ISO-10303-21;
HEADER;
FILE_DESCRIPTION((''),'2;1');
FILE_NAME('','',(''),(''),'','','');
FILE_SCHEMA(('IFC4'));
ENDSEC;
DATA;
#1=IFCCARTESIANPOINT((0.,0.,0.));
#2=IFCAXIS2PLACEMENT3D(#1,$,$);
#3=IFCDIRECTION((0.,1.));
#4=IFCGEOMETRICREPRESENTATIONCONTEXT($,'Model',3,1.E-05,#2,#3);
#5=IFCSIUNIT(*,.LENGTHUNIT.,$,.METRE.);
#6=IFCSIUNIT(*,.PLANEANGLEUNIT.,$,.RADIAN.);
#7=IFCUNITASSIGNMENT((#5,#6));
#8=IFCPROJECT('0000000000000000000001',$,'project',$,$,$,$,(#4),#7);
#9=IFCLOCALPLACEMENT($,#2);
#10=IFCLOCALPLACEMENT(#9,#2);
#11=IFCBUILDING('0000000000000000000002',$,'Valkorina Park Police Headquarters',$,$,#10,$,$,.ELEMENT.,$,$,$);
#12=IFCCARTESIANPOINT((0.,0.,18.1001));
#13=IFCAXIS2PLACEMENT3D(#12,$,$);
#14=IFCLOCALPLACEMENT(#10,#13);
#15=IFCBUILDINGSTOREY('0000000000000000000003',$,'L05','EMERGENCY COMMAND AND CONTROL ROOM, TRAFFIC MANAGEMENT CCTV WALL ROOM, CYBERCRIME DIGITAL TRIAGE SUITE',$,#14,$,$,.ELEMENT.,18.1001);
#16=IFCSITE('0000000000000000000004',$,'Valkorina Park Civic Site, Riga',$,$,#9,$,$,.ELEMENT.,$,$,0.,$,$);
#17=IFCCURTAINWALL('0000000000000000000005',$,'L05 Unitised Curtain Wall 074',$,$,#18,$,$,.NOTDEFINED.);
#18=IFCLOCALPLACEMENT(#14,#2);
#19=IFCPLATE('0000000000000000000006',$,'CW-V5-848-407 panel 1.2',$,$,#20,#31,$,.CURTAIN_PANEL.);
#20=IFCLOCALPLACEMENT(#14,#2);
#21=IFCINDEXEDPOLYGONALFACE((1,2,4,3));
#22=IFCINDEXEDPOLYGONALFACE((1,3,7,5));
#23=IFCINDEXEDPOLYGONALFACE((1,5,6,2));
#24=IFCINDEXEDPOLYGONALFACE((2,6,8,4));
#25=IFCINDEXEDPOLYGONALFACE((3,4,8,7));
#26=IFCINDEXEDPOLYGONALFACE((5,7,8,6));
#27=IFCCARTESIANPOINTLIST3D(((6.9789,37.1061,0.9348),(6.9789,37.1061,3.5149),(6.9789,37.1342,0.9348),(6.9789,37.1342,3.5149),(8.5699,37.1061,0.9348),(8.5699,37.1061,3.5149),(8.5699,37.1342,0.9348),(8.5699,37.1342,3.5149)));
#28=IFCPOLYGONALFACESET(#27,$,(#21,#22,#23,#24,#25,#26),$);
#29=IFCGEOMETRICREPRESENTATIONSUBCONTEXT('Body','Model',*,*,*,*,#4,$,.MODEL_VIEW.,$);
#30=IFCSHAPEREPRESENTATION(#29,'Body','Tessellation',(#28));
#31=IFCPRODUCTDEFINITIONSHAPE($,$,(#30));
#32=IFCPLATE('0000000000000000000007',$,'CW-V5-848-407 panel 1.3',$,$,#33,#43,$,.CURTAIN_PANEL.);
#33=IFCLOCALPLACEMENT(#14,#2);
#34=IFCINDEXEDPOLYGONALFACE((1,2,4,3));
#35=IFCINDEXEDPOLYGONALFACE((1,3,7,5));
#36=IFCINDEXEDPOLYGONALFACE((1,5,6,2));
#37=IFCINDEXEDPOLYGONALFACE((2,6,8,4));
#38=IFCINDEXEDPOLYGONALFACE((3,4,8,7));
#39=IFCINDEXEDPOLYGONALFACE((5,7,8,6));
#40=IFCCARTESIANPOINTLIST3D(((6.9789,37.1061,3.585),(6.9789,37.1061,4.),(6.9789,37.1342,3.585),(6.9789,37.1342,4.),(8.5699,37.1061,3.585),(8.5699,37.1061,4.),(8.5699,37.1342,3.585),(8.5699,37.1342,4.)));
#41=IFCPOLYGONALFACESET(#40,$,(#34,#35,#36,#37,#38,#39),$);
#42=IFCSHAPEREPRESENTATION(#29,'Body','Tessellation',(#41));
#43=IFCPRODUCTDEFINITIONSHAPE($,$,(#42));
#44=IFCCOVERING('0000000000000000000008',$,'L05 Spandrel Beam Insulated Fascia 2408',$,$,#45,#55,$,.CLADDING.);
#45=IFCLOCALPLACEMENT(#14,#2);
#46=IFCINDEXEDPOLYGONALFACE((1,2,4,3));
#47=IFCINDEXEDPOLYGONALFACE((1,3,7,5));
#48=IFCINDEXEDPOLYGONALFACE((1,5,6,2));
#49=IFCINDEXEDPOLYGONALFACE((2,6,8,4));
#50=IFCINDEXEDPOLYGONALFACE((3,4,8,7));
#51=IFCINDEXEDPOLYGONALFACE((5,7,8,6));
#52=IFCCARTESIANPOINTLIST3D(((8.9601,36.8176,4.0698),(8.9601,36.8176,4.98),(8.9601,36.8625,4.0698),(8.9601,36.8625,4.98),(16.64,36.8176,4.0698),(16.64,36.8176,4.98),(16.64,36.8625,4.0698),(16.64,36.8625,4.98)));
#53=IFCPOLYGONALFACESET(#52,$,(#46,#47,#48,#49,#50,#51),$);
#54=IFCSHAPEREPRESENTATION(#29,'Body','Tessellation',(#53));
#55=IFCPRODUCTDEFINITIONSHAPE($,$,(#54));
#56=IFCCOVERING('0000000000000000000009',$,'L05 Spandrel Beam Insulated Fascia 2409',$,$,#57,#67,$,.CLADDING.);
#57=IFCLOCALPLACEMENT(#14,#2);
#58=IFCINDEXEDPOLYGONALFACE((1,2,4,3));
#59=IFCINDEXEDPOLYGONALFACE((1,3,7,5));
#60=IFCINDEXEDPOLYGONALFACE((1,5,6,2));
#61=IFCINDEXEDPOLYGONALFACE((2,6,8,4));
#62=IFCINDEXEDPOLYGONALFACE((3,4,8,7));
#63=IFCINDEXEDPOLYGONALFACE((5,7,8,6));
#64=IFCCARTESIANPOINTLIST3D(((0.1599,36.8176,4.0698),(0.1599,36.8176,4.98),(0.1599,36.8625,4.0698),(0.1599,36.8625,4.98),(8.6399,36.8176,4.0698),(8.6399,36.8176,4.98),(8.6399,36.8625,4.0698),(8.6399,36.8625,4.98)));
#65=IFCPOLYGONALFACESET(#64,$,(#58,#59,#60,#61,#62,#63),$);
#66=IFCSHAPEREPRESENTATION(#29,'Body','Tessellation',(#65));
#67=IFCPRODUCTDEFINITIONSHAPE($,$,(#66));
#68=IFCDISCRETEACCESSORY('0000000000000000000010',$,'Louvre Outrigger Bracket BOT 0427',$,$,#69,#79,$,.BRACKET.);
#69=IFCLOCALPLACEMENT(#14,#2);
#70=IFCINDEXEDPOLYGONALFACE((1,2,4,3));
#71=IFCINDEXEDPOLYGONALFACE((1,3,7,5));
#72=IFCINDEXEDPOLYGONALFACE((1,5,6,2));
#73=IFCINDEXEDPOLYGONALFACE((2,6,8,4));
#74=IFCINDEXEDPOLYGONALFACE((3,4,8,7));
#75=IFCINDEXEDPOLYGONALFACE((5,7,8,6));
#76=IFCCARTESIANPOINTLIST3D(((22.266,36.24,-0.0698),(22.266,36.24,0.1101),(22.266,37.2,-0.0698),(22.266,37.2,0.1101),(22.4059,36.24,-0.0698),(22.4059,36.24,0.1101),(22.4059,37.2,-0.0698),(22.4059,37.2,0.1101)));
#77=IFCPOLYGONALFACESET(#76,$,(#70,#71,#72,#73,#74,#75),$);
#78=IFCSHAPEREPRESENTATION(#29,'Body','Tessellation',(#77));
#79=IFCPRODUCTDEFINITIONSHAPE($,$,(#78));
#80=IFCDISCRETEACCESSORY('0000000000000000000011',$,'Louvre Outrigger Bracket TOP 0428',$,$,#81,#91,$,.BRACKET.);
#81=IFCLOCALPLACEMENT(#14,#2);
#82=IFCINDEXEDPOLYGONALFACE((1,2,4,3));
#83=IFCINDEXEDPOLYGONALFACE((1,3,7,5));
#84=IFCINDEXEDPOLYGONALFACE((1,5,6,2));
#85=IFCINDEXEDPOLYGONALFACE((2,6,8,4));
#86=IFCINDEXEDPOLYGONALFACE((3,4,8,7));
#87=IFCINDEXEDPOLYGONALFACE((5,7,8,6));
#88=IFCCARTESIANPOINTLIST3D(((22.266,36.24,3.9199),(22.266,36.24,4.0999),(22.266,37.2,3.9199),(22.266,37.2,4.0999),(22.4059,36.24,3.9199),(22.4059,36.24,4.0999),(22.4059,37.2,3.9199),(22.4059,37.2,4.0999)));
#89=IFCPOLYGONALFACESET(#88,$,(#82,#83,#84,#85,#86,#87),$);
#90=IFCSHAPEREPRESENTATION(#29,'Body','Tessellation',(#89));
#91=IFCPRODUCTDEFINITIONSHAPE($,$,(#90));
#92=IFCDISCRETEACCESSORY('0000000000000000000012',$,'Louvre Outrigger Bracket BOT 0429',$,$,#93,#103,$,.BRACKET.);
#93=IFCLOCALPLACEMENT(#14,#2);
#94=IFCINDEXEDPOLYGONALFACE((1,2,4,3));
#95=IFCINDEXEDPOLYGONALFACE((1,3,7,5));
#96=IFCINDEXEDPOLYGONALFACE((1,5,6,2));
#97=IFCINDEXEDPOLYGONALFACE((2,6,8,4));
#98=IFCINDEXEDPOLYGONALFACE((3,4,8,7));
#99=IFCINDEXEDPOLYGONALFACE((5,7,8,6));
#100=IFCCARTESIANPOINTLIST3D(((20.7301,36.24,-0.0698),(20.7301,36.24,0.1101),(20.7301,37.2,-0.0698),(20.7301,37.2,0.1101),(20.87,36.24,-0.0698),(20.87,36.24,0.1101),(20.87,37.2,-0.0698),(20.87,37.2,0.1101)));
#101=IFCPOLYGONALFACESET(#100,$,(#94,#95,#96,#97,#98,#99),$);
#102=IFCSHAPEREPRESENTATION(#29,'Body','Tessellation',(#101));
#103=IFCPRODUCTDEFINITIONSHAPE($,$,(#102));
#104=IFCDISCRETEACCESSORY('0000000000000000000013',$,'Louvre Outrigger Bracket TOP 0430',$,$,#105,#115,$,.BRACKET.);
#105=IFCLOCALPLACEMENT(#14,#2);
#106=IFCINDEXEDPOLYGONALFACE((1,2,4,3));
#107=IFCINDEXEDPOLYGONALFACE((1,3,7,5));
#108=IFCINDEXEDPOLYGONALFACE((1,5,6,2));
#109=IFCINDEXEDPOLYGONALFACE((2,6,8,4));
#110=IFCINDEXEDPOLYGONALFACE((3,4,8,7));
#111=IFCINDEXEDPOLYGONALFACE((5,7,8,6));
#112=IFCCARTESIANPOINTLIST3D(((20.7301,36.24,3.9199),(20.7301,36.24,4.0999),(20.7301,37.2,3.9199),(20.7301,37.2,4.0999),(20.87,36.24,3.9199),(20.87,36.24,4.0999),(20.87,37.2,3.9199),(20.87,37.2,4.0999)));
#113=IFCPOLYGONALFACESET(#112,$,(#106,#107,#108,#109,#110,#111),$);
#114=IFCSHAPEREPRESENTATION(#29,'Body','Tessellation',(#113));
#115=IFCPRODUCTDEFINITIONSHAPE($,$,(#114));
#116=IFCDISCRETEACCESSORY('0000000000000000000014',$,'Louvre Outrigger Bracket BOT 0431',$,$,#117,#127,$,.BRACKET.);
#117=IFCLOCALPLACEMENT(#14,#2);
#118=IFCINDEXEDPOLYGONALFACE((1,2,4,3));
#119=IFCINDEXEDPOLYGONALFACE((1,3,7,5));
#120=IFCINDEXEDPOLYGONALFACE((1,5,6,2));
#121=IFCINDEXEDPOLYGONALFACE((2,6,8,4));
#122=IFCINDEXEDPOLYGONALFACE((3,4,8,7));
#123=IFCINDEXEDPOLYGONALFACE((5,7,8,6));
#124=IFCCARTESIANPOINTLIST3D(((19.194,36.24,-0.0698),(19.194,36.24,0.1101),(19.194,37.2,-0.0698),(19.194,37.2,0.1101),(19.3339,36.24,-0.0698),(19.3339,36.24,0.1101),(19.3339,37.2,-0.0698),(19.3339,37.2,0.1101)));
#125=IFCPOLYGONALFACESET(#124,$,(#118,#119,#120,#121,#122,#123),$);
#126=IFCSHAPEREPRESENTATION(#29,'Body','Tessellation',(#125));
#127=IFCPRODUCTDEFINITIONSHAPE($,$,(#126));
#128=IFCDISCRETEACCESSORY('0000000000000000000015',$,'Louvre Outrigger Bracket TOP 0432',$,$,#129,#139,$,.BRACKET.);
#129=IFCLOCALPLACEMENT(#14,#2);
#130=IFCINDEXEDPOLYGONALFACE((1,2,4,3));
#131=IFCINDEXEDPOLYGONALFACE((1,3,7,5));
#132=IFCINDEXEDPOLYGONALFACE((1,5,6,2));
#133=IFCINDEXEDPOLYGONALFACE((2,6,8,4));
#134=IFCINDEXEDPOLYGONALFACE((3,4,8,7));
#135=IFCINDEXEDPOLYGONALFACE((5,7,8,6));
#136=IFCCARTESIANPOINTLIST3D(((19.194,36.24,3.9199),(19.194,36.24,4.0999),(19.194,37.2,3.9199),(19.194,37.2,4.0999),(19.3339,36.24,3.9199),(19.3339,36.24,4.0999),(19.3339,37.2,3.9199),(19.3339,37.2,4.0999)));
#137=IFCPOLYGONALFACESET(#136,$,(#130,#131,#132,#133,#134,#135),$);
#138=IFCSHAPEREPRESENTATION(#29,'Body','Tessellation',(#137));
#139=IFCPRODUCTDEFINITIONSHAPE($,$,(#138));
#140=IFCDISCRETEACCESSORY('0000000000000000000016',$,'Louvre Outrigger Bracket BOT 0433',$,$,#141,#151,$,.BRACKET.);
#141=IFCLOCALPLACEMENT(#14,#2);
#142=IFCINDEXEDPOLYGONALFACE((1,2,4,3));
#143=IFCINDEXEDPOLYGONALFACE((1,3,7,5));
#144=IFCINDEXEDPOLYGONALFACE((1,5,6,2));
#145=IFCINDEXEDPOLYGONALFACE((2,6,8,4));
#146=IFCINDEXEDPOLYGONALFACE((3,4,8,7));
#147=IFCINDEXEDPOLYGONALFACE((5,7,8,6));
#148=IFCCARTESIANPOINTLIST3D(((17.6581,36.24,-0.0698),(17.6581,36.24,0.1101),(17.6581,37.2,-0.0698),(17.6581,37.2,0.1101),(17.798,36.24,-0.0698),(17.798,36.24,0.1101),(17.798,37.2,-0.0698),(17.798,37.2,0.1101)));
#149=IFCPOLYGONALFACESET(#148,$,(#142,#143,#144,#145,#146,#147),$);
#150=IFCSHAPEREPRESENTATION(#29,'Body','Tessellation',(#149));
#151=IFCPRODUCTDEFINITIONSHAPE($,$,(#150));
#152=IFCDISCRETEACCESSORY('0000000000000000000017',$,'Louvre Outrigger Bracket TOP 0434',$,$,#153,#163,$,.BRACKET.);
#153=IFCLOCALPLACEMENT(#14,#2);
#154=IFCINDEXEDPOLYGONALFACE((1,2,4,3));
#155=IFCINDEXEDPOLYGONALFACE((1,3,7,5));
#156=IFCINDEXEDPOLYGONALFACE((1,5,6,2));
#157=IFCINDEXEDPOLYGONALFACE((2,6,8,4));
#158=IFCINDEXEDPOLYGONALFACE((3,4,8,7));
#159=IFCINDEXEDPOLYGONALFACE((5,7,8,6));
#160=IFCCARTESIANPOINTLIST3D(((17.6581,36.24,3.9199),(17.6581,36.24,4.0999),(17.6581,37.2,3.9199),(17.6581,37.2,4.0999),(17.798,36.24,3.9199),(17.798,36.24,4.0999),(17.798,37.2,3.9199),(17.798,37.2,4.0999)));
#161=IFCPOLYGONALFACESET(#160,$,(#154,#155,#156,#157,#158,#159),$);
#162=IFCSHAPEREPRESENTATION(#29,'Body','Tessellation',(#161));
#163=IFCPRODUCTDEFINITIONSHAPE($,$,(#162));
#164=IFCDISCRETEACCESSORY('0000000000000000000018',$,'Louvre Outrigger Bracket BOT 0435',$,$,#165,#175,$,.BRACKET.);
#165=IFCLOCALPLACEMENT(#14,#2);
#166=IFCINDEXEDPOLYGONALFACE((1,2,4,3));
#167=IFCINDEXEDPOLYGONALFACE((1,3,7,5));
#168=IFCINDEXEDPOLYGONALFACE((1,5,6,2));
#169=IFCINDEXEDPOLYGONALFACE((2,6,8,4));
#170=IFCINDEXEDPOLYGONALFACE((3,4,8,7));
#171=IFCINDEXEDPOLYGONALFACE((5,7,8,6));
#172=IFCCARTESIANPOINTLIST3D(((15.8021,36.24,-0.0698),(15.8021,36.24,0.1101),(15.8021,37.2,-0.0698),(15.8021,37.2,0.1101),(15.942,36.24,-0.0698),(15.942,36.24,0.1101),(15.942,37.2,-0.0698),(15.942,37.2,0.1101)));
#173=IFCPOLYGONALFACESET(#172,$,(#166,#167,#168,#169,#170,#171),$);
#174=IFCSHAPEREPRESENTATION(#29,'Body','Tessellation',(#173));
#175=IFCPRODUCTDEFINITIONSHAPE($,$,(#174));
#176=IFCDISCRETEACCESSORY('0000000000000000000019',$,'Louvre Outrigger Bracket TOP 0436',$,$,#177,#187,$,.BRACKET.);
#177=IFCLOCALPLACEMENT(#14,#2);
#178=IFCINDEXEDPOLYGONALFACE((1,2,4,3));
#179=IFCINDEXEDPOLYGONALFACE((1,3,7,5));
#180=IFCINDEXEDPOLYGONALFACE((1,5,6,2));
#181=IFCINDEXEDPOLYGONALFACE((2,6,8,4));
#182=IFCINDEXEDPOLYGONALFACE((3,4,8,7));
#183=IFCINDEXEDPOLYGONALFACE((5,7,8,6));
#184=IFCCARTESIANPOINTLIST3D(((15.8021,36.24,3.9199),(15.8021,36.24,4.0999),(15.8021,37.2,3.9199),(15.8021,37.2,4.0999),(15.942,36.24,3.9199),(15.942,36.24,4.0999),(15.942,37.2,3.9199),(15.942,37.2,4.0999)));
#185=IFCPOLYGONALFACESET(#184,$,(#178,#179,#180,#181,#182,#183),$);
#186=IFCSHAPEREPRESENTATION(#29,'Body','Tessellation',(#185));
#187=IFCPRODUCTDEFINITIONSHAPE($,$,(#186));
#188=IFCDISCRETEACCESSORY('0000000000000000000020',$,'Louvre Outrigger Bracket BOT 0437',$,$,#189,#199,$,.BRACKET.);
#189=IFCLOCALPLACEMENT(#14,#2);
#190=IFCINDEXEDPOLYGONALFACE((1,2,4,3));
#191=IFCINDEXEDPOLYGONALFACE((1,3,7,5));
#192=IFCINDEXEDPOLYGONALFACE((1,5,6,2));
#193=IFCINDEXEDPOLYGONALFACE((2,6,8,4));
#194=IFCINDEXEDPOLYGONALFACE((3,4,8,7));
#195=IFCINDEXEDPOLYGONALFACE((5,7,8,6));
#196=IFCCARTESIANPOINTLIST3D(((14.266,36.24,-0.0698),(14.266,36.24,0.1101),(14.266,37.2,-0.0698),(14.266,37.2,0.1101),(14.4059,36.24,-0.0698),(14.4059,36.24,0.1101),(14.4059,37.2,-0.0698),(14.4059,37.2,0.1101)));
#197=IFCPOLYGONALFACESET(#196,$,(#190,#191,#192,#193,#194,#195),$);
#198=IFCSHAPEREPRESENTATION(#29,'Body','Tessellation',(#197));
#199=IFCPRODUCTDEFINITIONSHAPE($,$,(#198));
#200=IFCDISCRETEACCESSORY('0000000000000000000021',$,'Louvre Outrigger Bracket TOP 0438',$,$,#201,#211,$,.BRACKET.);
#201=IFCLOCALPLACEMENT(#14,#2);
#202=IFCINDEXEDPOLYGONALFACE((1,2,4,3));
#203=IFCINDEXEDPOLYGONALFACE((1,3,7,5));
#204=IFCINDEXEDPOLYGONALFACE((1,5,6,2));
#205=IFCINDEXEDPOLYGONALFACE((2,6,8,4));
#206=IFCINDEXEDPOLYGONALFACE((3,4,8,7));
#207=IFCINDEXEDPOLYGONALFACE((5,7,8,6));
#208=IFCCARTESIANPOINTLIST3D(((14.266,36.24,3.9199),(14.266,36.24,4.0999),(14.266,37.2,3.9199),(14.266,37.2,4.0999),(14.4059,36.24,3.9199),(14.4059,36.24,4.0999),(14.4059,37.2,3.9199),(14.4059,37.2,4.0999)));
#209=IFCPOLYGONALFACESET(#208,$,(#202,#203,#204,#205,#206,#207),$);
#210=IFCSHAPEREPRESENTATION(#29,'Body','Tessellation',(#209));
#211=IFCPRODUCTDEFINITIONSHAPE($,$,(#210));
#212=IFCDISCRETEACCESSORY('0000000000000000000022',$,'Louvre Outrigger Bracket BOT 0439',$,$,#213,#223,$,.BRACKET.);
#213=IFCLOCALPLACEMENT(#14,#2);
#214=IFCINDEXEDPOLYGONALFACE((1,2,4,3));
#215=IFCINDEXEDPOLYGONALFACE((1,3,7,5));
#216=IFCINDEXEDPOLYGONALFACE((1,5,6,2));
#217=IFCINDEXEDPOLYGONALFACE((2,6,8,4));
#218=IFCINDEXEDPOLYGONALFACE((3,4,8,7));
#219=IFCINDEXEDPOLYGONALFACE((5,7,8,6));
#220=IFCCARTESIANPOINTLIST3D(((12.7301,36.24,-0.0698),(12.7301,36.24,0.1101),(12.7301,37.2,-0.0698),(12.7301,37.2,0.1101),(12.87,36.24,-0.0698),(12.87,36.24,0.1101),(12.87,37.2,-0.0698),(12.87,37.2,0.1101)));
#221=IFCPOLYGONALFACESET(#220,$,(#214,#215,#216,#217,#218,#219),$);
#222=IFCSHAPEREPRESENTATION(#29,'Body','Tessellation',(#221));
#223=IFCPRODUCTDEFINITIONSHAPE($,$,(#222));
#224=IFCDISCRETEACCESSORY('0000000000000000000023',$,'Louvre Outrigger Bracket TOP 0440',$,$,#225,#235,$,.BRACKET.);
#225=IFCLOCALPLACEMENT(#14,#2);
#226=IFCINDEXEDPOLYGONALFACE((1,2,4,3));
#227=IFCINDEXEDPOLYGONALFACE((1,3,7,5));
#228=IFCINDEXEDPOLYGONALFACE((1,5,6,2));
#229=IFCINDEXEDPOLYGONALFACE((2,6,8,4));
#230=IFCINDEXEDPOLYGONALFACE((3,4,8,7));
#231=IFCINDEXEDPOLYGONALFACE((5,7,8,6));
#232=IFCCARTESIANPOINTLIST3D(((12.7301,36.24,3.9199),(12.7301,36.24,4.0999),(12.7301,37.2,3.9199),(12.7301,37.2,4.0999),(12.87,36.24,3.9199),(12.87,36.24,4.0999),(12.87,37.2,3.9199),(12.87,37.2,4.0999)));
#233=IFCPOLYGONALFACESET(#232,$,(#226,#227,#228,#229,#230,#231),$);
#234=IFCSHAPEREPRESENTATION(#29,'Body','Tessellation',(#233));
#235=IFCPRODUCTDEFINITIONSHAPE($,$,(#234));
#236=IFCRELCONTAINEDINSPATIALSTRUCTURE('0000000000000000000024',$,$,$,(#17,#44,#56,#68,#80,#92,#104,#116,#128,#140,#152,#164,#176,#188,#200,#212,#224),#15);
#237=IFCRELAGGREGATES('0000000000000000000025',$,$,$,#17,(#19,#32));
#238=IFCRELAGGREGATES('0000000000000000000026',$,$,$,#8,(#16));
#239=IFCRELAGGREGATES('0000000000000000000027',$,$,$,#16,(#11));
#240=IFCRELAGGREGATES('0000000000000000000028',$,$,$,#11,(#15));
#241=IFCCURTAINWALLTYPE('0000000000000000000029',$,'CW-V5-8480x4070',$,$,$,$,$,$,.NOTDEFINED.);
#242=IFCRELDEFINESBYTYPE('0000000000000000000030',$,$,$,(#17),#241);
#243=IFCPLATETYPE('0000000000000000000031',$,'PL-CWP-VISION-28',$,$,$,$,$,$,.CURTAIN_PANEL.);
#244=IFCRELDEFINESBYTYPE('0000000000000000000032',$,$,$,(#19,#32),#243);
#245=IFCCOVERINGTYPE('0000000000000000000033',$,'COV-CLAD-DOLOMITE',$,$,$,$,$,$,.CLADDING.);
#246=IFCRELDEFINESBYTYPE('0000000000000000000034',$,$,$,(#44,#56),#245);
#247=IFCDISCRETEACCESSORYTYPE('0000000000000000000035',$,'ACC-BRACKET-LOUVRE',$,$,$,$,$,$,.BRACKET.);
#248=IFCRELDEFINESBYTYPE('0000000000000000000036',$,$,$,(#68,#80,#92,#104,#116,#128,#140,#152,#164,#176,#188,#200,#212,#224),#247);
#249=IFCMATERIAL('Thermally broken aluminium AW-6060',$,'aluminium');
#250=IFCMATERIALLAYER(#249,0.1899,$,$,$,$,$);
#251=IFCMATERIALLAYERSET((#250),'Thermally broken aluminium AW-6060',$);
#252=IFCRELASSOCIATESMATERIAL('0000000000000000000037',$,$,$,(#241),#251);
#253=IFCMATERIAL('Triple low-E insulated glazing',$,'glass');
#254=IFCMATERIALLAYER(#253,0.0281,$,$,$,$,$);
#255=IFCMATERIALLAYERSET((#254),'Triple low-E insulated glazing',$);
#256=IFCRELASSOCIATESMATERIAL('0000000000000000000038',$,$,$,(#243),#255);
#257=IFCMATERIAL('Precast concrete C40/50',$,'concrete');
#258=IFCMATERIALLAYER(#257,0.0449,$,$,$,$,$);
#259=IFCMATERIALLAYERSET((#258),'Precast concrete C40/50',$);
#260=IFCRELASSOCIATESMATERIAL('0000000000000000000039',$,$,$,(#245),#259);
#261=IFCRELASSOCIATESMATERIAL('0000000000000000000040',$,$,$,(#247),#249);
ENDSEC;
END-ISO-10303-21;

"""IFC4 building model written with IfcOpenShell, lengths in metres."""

from ifc_helpers import new_model, si_unit, direction, frame, frame_2d, origin, origin_2d, place, context, subcontext, project, spatial, rectangle, extrude, material, layer, layer_set, type_object, element, aggregate, save


model = new_model("IFC4")

# Units and contexts
model_context = context("Model", 3, precision=1e-05, world=origin(), true_north=direction((0.0, 1.0)))
body_context = subcontext(model_context, "Body", "Model", "MODEL_VIEW")
ifc_project = project(units=[si_unit("LENGTHUNIT", "METRE"), si_unit("PLANEANGLEUNIT", "RADIAN")], contexts=[model_context])

# Site, building, storey
site_placement = place(None, origin())
site = spatial("IfcSite", under=ifc_project, at=site_placement, Name="Valkorina Park Civic Site, Riga", CompositionType="ELEMENT", RefElevation=0.0)
building_placement = place(site_placement, origin())
building = spatial("IfcBuilding", under=site, at=building_placement, Name="Valkorina Park Police Headquarters", CompositionType="ELEMENT")
storey_placement = place(building_placement, frame((0.0, 0.0, 18.1001)))
storey = spatial("IfcBuildingStorey", under=building, at=storey_placement, Name="L05", Description="EMERGENCY COMMAND AND CONTROL ROOM, TRAFFIC MANAGEMENT CCTV WALL ROOM, CYBERCRIME DIGITAL TRIAGE SUITE", CompositionType="ELEMENT", Elevation=18.1001)

# Shared definitions
ifc_material_1 = material(Name="Thermally broken aluminium AW-6060", Category="aluminium")

# Curtain wall
ifc_layer_1 = layer(ifc_material_1, 0.1899)
ifc_layer_set_1 = layer_set([ifc_layer_1], Name="Thermally broken aluminium AW-6060")
curtain_wall_type_1 = type_object("IfcCurtainWallType", Name="CW-V5-8480x4070", PredefinedType="NOTDEFINED", material=ifc_layer_set_1)
curtain_wall_1_placement = place(storey_placement, origin())
curtain_wall_1 = element("IfcCurtainWall", 1, at=curtain_wall_1_placement, inside=storey, type_object=curtain_wall_type_1, Name="L05 Unitised Curtain Wall 074", PredefinedType="NOTDEFINED")

# Plates
ifc_material_2 = material(Name="Triple low-E insulated glazing", Category="glass")
ifc_layer_2 = layer(ifc_material_2, 0.0281)
ifc_layer_set_2 = layer_set([ifc_layer_2], Name="Triple low-E insulated glazing")
plate_type_1 = type_object("IfcPlateType", Name="PL-CWP-VISION-28", PredefinedType="CURTAIN_PANEL", material=ifc_layer_set_2)
plate_1_placement = place(storey_placement, frame((7.7744, 37.1201, 0.9348), z_axis=(0.0, 0.0, 1.0), x_axis=(-1.0, 0.0, 0.0)))
plate_1 = element("IfcPlate", 2, at=plate_1_placement, type_object=plate_type_1, Name="CW-V5-848-407 panel 1.2", PredefinedType="CURTAIN_PANEL", context=body_context, shape_type="SweptSolid", body=[
    extrude(rectangle(XDim=1.5911, YDim=0.0281, at=origin_2d()), origin(), (0.0, 0.0, 1.0), 2.5801),
])
plate_2_placement = place(storey_placement, frame((7.7744, 37.1201, 3.585), z_axis=(0.0, 0.0, 1.0), x_axis=(-1.0, 0.0, 0.0)))
plate_2 = element("IfcPlate", 3, at=plate_2_placement, type_object=plate_type_1, Name="CW-V5-848-407 panel 1.3", PredefinedType="CURTAIN_PANEL", context=body_context, shape_type="SweptSolid", body=[
    extrude(rectangle(XDim=1.5911, YDim=0.0281, at=origin_2d()), origin(), (0.0, 0.0, 1.0), 0.415),
])
aggregate(curtain_wall_1, [plate_1, plate_2])

# Coverings
ifc_material_3 = material(Name="Precast concrete C40/50", Category="concrete")
ifc_layer_3 = layer(ifc_material_3, 0.0449)
ifc_layer_set_3 = layer_set([ifc_layer_3], Name="Precast concrete C40/50")
covering_type = type_object("IfcCoveringType", Name="COV-CLAD-DOLOMITE", PredefinedType="CLADDING", material=ifc_layer_set_3)
covering_1_placement = place(storey_placement, frame((16.6399, 36.8401, 4.0698), z_axis=(0.0, 0.0, 1.0), x_axis=(-1.0, 0.0, 0.0)))
element("IfcCovering", 4, at=covering_1_placement, inside=storey, type_object=covering_type, Name="L05 Spandrel Beam Insulated Fascia 2408", PredefinedType="CLADDING", context=body_context, shape_type="SweptSolid", body=[
    extrude(rectangle(XDim=7.6799, YDim=0.0449, at=frame_2d((3.8398, 0.0))), origin(), (0.0, 0.0, 1.0), 0.9102),
])
covering_2_placement = place(storey_placement, frame((8.6399, 36.8401, 4.0698), z_axis=(0.0, 0.0, 1.0), x_axis=(-1.0, 0.0, 0.0)))
element("IfcCovering", 5, at=covering_2_placement, inside=storey, type_object=covering_type, Name="L05 Spandrel Beam Insulated Fascia 2409", PredefinedType="CLADDING", context=body_context, shape_type="SweptSolid", body=[
    extrude(rectangle(XDim=8.48, YDim=0.0449, at=frame_2d((4.24, 0.0))), origin(), (0.0, 0.0, 1.0), 0.9102),
])

# Discrete accessories
discrete_accessory_type = type_object("IfcDiscreteAccessoryType", Name="ACC-BRACKET-LOUVRE", PredefinedType="BRACKET", material=ifc_material_1)
for number, where, z_axis, x_axis, name in (
    (6, (22.3359, 36.72, -0.0698), (0.0, 0.0, 1.0), (0.0, -1.0, 0.0), "Louvre Outrigger Bracket BOT 0427"),
    (7, (22.3359, 36.72, 3.9199), (0.0, 0.0, 1.0), (0.0, -1.0, 0.0), "Louvre Outrigger Bracket TOP 0428"),
    (8, (20.8, 36.72, -0.0698), (0.0, 0.0, 1.0), (0.0, -1.0, 0.0), "Louvre Outrigger Bracket BOT 0429"),
    (9, (20.8, 36.72, 3.9199), (0.0, 0.0, 1.0), (0.0, -1.0, 0.0), "Louvre Outrigger Bracket TOP 0430"),
    (10, (19.2639, 36.72, -0.0698), (0.0, 0.0, 1.0), (0.0, -1.0, 0.0), "Louvre Outrigger Bracket BOT 0431"),
    (11, (19.2639, 36.72, 3.9199), (0.0, 0.0, 1.0), (0.0, -1.0, 0.0), "Louvre Outrigger Bracket TOP 0432"),
    (12, (17.728, 36.72, -0.0698), (0.0, 0.0, 1.0), (0.0, -1.0, 0.0), "Louvre Outrigger Bracket BOT 0433"),
    (13, (17.728, 36.72, 3.9199), (0.0, 0.0, 1.0), (0.0, -1.0, 0.0), "Louvre Outrigger Bracket TOP 0434"),
    (14, (15.8721, 36.72, -0.0698), (0.0, 0.0, 1.0), (0.0, -1.0, 0.0), "Louvre Outrigger Bracket BOT 0435"),
    (15, (15.8721, 36.72, 3.9199), (0.0, 0.0, 1.0), (0.0, -1.0, 0.0), "Louvre Outrigger Bracket TOP 0436"),
    (16, (14.3359, 36.72, -0.0698), (0.0, 0.0, 1.0), (0.0, -1.0, 0.0), "Louvre Outrigger Bracket BOT 0437"),
    (17, (14.3359, 36.72, 3.9199), (0.0, 0.0, 1.0), (0.0, -1.0, 0.0), "Louvre Outrigger Bracket TOP 0438"),
    (18, (12.8, 36.72, -0.0698), (0.0, 0.0, 1.0), (0.0, -1.0, 0.0), "Louvre Outrigger Bracket BOT 0439"),
    (19, (12.8, 36.72, 3.9199), (0.0, 0.0, 1.0), (0.0, -1.0, 0.0), "Louvre Outrigger Bracket TOP 0440"),
):
    element("IfcDiscreteAccessory", number, at=place(storey_placement, frame(where, z_axis=z_axis, x_axis=x_axis)), inside=storey, type_object=discrete_accessory_type, Name=name, PredefinedType="BRACKET", context=body_context, shape_type="SweptSolid", body=[
        extrude(rectangle(XDim=0.96, YDim=0.1399, at=origin_2d()), origin(), (0.0, 0.0, 1.0), 0.1799),
    ])

save(model, "model.ifc")
